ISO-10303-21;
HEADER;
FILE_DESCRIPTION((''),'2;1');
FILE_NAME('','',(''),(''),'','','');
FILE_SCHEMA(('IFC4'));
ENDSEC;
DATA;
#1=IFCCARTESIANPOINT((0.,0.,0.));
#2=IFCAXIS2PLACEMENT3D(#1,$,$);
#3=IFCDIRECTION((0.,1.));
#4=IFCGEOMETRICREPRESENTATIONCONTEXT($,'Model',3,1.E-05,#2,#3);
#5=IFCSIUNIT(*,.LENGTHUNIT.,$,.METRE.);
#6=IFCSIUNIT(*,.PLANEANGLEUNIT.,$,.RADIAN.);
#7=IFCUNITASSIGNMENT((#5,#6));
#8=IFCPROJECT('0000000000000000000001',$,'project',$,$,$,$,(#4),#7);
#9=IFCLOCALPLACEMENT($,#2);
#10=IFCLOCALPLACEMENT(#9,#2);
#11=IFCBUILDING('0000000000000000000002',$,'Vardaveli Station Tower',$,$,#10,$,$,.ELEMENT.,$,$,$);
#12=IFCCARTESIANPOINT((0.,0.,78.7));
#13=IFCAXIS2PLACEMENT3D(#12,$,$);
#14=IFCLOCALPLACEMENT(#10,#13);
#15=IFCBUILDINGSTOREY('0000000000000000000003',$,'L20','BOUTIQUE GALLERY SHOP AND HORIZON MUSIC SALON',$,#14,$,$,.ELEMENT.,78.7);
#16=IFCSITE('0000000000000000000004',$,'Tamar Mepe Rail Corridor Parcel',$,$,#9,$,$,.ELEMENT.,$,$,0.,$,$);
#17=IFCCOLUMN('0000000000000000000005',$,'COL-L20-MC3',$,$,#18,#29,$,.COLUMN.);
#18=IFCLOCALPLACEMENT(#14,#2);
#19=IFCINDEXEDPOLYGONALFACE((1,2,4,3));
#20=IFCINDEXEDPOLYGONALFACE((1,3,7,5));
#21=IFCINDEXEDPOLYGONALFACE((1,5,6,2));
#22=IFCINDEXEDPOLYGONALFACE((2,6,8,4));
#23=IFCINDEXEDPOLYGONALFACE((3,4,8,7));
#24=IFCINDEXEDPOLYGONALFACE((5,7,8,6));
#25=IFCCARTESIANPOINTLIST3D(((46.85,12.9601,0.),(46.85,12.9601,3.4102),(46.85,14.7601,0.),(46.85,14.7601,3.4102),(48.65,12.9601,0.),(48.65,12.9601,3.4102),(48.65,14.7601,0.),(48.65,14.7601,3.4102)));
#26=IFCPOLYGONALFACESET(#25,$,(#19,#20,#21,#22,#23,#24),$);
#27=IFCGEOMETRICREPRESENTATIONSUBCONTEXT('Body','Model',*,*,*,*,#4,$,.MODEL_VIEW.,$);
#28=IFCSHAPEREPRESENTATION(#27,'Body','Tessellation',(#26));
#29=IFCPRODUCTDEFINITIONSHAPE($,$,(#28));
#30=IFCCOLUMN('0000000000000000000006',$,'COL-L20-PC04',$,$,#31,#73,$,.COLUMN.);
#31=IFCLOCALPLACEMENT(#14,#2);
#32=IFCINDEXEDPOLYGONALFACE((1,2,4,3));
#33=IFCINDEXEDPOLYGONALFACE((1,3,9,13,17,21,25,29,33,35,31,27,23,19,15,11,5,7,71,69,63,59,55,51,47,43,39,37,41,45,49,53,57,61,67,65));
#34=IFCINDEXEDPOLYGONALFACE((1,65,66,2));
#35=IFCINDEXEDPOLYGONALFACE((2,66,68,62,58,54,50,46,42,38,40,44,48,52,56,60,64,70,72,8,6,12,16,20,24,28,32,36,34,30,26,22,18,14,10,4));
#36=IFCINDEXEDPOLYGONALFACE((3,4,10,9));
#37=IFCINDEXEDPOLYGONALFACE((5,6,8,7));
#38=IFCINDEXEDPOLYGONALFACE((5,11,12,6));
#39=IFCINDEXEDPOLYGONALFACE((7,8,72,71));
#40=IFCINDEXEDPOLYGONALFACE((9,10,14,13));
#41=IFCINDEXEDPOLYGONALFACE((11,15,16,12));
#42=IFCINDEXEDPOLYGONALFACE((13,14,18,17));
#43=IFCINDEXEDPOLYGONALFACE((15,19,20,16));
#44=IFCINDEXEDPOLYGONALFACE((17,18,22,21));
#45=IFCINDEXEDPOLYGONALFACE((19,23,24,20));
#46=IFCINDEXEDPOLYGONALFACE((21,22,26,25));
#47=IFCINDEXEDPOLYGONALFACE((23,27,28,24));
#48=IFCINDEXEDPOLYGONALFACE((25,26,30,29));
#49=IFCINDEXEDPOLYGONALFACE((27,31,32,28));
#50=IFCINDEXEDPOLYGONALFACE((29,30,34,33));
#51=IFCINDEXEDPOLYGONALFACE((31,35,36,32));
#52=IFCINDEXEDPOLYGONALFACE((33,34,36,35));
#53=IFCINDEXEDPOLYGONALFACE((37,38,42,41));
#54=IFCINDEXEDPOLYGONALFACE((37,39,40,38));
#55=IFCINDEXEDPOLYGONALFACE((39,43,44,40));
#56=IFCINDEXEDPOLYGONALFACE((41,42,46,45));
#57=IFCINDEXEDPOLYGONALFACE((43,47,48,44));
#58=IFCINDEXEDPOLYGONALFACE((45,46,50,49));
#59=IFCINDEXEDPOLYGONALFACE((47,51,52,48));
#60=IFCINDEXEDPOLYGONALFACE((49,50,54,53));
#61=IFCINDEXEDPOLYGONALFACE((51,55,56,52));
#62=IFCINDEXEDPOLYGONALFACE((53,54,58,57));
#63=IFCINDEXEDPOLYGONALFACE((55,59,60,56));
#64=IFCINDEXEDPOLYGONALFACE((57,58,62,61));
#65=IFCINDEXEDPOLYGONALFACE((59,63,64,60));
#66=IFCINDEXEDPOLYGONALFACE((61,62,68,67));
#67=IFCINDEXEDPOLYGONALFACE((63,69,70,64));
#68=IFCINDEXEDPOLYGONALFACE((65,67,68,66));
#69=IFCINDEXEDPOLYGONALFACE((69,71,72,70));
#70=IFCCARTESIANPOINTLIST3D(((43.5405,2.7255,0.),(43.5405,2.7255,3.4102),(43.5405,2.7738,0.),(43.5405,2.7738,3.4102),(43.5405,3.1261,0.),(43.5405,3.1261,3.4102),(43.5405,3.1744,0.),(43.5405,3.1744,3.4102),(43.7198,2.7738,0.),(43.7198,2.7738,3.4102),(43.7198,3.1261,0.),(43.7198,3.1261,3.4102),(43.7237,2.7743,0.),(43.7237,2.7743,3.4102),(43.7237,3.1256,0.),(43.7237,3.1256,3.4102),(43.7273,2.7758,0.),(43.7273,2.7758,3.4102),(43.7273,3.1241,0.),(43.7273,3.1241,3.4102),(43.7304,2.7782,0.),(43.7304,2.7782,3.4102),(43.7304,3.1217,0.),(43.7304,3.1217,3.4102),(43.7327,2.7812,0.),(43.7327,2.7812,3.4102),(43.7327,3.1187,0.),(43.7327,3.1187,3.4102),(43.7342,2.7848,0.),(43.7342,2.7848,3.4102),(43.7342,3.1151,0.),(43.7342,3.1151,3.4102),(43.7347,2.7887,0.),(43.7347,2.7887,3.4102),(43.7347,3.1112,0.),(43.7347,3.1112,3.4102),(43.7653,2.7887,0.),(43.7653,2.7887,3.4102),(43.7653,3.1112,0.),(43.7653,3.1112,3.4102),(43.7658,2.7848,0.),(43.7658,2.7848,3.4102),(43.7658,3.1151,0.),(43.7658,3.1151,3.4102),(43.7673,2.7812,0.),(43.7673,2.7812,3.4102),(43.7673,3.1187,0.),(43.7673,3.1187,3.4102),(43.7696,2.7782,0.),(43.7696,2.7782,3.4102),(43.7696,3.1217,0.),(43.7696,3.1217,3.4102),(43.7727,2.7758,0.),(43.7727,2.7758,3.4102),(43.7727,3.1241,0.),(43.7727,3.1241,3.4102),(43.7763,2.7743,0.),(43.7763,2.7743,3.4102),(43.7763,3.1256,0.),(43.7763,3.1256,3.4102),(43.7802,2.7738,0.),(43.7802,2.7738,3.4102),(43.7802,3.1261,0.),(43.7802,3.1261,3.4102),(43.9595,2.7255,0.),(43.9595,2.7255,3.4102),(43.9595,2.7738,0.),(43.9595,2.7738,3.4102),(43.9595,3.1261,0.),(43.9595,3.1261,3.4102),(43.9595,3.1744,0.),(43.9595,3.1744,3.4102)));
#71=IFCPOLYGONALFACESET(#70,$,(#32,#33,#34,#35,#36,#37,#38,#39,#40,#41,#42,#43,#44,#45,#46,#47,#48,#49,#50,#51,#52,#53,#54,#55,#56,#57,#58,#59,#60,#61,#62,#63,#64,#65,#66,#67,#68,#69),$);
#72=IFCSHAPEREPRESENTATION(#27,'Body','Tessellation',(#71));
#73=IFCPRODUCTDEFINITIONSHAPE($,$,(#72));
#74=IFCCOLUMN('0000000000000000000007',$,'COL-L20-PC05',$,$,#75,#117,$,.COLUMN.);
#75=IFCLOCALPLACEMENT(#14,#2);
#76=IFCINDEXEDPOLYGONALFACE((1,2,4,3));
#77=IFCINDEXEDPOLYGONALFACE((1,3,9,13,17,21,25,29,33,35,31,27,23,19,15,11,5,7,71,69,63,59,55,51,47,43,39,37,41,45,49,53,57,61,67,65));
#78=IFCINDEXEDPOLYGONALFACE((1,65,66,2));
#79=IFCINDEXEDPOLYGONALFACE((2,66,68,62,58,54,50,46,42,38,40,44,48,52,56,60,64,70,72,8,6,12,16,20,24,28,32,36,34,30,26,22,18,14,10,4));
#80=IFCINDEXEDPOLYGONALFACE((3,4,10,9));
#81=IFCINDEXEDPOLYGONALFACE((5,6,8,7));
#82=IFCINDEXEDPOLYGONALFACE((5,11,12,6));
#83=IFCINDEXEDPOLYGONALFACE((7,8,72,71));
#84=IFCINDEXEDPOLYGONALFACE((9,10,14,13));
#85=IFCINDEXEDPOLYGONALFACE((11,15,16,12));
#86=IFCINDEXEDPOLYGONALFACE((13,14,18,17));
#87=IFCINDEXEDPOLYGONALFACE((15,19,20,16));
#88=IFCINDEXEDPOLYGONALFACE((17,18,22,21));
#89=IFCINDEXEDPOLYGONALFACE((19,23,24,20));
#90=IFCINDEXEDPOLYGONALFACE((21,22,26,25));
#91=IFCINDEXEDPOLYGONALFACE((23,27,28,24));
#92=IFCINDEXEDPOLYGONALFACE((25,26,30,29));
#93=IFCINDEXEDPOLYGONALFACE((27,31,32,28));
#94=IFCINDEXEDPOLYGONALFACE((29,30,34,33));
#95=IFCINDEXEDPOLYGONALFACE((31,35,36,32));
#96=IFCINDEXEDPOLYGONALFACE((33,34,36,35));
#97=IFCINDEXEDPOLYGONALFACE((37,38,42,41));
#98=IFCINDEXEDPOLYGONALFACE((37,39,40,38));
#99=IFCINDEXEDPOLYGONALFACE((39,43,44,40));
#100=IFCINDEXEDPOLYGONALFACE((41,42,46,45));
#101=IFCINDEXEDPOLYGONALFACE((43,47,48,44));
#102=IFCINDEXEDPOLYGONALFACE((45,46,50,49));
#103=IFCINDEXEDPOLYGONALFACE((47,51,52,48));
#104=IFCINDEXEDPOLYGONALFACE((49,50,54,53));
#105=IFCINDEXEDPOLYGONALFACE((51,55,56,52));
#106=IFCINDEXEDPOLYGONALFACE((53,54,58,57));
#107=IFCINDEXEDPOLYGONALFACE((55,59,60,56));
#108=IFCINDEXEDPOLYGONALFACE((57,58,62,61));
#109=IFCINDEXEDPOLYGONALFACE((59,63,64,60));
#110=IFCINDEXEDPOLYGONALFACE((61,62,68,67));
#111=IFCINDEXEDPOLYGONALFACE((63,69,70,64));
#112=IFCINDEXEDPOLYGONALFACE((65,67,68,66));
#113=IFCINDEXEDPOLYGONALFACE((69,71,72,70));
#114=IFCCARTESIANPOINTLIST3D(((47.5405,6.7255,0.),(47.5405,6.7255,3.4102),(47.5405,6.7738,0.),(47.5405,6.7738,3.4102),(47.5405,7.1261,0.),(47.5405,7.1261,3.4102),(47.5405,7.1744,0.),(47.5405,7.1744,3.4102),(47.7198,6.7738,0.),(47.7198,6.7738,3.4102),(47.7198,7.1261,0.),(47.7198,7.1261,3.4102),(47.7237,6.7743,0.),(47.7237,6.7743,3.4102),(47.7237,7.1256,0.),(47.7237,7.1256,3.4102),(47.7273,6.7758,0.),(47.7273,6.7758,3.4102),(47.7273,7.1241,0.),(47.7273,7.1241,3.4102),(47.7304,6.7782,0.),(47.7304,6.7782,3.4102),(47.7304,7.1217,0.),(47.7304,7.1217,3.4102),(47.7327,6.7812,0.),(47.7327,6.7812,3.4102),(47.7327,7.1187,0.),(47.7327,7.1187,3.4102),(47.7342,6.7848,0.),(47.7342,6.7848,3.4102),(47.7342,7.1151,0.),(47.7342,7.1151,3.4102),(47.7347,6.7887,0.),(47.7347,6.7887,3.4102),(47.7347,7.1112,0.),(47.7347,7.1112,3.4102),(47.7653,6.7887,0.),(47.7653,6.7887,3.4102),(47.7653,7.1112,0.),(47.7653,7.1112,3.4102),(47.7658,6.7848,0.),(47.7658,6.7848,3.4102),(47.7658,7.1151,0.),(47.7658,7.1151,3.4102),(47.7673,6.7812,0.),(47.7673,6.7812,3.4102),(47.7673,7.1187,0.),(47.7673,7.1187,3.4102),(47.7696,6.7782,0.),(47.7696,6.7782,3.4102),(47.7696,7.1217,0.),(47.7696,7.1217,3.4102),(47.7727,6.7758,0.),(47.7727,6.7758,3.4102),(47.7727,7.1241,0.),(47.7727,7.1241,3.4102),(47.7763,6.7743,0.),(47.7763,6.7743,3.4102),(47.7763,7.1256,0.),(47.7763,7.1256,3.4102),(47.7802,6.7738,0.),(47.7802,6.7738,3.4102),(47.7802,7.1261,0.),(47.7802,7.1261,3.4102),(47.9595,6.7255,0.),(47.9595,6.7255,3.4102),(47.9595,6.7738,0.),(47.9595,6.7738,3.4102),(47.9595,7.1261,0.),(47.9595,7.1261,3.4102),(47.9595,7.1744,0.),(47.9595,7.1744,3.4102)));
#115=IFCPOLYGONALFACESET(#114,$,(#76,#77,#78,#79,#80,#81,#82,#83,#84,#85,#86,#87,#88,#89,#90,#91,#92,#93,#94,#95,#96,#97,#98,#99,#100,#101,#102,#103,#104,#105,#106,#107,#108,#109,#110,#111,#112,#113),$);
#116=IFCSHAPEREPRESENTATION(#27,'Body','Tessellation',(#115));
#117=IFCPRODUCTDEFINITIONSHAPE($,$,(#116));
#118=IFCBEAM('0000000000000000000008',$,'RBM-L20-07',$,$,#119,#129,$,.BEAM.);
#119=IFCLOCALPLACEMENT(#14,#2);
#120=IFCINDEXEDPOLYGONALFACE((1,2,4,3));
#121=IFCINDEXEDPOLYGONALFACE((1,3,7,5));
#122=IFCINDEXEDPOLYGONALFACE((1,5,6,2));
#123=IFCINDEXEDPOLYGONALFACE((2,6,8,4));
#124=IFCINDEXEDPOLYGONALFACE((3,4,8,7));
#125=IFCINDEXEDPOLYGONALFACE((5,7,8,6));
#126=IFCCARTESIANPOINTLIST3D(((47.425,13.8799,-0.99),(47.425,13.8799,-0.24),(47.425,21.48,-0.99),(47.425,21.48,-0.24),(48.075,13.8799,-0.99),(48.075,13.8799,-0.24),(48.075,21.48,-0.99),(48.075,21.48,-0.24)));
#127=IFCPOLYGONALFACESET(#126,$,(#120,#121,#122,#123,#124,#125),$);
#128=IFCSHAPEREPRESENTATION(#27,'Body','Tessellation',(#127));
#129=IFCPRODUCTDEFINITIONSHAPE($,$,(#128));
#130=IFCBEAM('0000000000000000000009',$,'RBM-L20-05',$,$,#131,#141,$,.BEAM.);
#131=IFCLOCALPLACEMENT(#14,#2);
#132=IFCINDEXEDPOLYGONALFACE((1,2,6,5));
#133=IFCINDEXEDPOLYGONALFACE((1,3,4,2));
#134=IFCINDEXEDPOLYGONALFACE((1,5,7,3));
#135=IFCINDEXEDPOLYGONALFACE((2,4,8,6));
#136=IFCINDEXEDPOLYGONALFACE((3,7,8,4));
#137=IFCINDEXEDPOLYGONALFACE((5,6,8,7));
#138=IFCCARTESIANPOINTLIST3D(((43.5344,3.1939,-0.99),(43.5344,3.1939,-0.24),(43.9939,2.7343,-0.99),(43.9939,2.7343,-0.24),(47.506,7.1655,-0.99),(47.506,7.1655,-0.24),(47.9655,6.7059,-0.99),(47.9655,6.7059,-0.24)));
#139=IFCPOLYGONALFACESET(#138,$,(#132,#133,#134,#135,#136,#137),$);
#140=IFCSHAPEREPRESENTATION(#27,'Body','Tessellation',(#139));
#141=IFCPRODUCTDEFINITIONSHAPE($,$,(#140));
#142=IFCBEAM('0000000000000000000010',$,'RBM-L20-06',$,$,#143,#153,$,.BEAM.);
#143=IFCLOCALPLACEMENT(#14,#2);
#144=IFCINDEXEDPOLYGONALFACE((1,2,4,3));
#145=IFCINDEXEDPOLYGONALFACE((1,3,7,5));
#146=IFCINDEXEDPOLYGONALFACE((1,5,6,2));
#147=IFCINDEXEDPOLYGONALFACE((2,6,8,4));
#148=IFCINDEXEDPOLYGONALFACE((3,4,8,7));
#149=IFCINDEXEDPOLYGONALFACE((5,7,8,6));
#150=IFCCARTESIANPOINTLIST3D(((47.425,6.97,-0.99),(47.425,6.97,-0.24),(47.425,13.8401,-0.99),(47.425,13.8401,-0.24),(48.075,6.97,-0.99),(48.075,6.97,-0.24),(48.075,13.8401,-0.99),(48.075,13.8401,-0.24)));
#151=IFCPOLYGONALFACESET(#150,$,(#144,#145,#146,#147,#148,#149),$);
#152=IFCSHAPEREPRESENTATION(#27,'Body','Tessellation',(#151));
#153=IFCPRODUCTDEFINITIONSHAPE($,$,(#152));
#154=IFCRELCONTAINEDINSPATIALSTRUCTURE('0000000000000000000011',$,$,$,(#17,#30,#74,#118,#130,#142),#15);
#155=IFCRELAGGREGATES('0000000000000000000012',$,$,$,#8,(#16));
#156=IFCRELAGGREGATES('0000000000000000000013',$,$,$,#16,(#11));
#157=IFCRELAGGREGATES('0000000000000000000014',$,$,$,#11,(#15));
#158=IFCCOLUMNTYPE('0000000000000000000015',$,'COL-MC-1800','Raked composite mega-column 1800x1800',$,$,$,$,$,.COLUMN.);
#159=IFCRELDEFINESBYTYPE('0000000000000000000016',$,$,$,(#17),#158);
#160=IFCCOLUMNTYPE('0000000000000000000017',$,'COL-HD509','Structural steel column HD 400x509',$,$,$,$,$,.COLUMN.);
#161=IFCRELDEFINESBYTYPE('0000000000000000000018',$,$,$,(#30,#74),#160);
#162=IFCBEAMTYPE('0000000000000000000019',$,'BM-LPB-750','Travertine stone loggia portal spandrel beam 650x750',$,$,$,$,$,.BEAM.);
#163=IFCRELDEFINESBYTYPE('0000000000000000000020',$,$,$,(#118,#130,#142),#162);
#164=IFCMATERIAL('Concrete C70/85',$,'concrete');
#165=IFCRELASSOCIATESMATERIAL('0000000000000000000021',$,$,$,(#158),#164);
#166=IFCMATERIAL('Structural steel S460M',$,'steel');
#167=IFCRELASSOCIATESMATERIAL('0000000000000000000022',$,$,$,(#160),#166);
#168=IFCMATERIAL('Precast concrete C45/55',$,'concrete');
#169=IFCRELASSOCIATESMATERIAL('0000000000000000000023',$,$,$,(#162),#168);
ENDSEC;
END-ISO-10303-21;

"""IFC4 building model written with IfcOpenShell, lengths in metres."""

from ifc_helpers import new_model, si_unit, direction, frame, origin, origin_2d, place, context, subcontext, project, spatial, rectangle, i_section, extrude, source, transform, mapped, material, material_profile, profile_set, type_object, element, save


model = new_model("IFC4")

# Units and contexts
model_context = context("Model", 3, precision=1e-05, world=origin(), true_north=direction((0.0, 1.0)))
body_context = subcontext(model_context, "Body", "Model", "MODEL_VIEW")
ifc_project = project(units=[si_unit("LENGTHUNIT", "METRE"), si_unit("PLANEANGLEUNIT", "RADIAN")], contexts=[model_context])

# Site, building, storey
site_placement = place(None, origin())
site = spatial("IfcSite", under=ifc_project, at=site_placement, Name="Tamar Mepe Rail Corridor Parcel", CompositionType="ELEMENT", RefElevation=0.0)
building_placement = place(site_placement, origin())
building = spatial("IfcBuilding", under=site, at=building_placement, Name="Vardaveli Station Tower", CompositionType="ELEMENT")
storey_placement = place(building_placement, frame((0.0, 0.0, 78.7)))
storey = spatial("IfcBuildingStorey", under=building, at=storey_placement, Name="L20", Description="BOUTIQUE GALLERY SHOP AND HORIZON MUSIC SALON", CompositionType="ELEMENT", Elevation=78.7)

# Columns
ifc_material_1 = material(Name="Concrete C70/85", Category="concrete")
ifc_material_profile_1 = material_profile(ifc_material_1, rectangle(XDim=1.8, YDim=1.8, at=origin_2d()), Name="MC 1800x1800")
ifc_profile_set_1 = profile_set([ifc_material_profile_1], Name="Concrete C70/85")
column_type_1 = type_object("IfcColumnType", Name="COL-MC-1800", Description="Raked composite mega-column 1800x1800", PredefinedType="COLUMN", material=ifc_profile_set_1)
shared_shape_1 = source(origin(), body_context, "Body", "SweptSolid", [
    extrude(rectangle(XDim=1.8, YDim=1.8, at=origin_2d()), origin(), (0.0, 0.0, 1.0), 3.4102),
])
column_placement = place(storey_placement, frame((47.75, 13.8601, 0.0), z_axis=(0.0, 0.0, 1.0), x_axis=(1.0, 0.0, 0.0)))
element("IfcColumn", 1, at=column_placement, inside=storey, type_object=column_type_1, Name="COL-L20-MC3", PredefinedType="COLUMN", context=body_context, shape_type="MappedRepresentation", body=[
    mapped(shared_shape_1, transform((0.0, 0.0, 0.0), scale=1.0)),
])
ifc_material_2 = material(Name="Structural steel S460M", Category="steel")
ifc_material_profile_2 = material_profile(ifc_material_2, i_section(OverallWidth=0.4189, OverallDepth=0.449, WebThickness=0.0305, FlangeThickness=0.0483, FilletRadius=0.0149, at=origin_2d()), Name="HD 400x509")
ifc_profile_set_2 = profile_set([ifc_material_profile_2], Name="Structural steel S460M")
column_type_2 = type_object("IfcColumnType", Name="COL-HD509", Description="Structural steel column HD 400x509", PredefinedType="COLUMN", material=ifc_profile_set_2)
shared_shape_2 = source(origin(), body_context, "Body", "SweptSolid", [
    extrude(i_section(OverallWidth=0.4189, OverallDepth=0.449, WebThickness=0.0305, FlangeThickness=0.0483, FilletRadius=0.0149, at=origin_2d()), origin(), (0.0, 0.0, 1.0), 3.4102),
])
for number, where, z_axis, x_axis, name in (
    (2, (43.75, 2.95, 0.0), (0.0, 0.0, 1.0), (1.0, 0.0, 0.0), "COL-L20-PC04"),
    (3, (47.75, 6.95, 0.0), (0.0, 0.0, 1.0), (1.0, 0.0, 0.0), "COL-L20-PC05"),
):
    element("IfcColumn", number, at=place(storey_placement, frame(where, z_axis=z_axis, x_axis=x_axis)), inside=storey, type_object=column_type_2, Name=name, PredefinedType="COLUMN", context=body_context, shape_type="MappedRepresentation", body=[
        mapped(shared_shape_2, transform((0.0, 0.0, 0.0), scale=1.0)),
    ])

# Beams
ifc_material_3 = material(Name="Precast concrete C45/55", Category="concrete")
ifc_material_profile_3 = material_profile(ifc_material_3, rectangle(XDim=0.6499, YDim=0.75, at=origin_2d()), Name="LPB 650x750")
ifc_profile_set_3 = profile_set([ifc_material_profile_3], Name="Precast concrete C45/55")
beam_type_1 = type_object("IfcBeamType", Name="BM-LPB-750", Description="Travertine stone loggia portal spandrel beam 650x750", PredefinedType="BEAM", material=ifc_profile_set_3)
shared_shape_3 = source(origin(), body_context, "Body", "SweptSolid", [
    extrude(rectangle(XDim=0.6499, YDim=0.75, at=origin_2d()), origin(), (0.0, 0.0, 1.0), 7.6001),
])
beam_1_placement = place(storey_placement, frame((47.75, 13.8799, -0.615), z_axis=(0.0, 1.0, 0.0), x_axis=(-1.0, 0.0, 0.0)))
element("IfcBeam", 4, at=beam_1_placement, inside=storey, type_object=beam_type_1, Name="RBM-L20-07", PredefinedType="BEAM", context=body_context, shape_type="MappedRepresentation", body=[
    mapped(shared_shape_3, transform((0.0, 0.0, 0.0), scale=1.0)),
])
shared_shape_4 = source(origin(), body_context, "Body", "SweptSolid", [
    extrude(rectangle(XDim=0.6499, YDim=0.75, at=origin_2d()), origin(), (0.0, 0.0, 1.0), 5.6167),
])
beam_2_placement = place(storey_placement, frame((43.7642, 2.9641, -0.615), z_axis=(0.707107, 0.707107, 0.0), x_axis=(-0.707107, 0.707107, 0.0)))
element("IfcBeam", 5, at=beam_2_placement, inside=storey, type_object=beam_type_1, Name="RBM-L20-05", PredefinedType="BEAM", context=body_context, shape_type="MappedRepresentation", body=[
    mapped(shared_shape_4, transform((0.0, 0.0, 0.0), scale=1.0)),
])
shared_shape_5 = source(origin(), body_context, "Body", "SweptSolid", [
    extrude(rectangle(XDim=0.6499, YDim=0.75, at=origin_2d()), origin(), (0.0, 0.0, 1.0), 6.8701),
])
beam_3_placement = place(storey_placement, frame((47.75, 6.97, -0.615), z_axis=(0.0, 1.0, 0.0), x_axis=(-1.0, 0.0, 0.0)))
element("IfcBeam", 6, at=beam_3_placement, inside=storey, type_object=beam_type_1, Name="RBM-L20-06", PredefinedType="BEAM", context=body_context, shape_type="MappedRepresentation", body=[
    mapped(shared_shape_5, transform((0.0, 0.0, 0.0), scale=1.0)),
])

save(model, "model.ifc")
